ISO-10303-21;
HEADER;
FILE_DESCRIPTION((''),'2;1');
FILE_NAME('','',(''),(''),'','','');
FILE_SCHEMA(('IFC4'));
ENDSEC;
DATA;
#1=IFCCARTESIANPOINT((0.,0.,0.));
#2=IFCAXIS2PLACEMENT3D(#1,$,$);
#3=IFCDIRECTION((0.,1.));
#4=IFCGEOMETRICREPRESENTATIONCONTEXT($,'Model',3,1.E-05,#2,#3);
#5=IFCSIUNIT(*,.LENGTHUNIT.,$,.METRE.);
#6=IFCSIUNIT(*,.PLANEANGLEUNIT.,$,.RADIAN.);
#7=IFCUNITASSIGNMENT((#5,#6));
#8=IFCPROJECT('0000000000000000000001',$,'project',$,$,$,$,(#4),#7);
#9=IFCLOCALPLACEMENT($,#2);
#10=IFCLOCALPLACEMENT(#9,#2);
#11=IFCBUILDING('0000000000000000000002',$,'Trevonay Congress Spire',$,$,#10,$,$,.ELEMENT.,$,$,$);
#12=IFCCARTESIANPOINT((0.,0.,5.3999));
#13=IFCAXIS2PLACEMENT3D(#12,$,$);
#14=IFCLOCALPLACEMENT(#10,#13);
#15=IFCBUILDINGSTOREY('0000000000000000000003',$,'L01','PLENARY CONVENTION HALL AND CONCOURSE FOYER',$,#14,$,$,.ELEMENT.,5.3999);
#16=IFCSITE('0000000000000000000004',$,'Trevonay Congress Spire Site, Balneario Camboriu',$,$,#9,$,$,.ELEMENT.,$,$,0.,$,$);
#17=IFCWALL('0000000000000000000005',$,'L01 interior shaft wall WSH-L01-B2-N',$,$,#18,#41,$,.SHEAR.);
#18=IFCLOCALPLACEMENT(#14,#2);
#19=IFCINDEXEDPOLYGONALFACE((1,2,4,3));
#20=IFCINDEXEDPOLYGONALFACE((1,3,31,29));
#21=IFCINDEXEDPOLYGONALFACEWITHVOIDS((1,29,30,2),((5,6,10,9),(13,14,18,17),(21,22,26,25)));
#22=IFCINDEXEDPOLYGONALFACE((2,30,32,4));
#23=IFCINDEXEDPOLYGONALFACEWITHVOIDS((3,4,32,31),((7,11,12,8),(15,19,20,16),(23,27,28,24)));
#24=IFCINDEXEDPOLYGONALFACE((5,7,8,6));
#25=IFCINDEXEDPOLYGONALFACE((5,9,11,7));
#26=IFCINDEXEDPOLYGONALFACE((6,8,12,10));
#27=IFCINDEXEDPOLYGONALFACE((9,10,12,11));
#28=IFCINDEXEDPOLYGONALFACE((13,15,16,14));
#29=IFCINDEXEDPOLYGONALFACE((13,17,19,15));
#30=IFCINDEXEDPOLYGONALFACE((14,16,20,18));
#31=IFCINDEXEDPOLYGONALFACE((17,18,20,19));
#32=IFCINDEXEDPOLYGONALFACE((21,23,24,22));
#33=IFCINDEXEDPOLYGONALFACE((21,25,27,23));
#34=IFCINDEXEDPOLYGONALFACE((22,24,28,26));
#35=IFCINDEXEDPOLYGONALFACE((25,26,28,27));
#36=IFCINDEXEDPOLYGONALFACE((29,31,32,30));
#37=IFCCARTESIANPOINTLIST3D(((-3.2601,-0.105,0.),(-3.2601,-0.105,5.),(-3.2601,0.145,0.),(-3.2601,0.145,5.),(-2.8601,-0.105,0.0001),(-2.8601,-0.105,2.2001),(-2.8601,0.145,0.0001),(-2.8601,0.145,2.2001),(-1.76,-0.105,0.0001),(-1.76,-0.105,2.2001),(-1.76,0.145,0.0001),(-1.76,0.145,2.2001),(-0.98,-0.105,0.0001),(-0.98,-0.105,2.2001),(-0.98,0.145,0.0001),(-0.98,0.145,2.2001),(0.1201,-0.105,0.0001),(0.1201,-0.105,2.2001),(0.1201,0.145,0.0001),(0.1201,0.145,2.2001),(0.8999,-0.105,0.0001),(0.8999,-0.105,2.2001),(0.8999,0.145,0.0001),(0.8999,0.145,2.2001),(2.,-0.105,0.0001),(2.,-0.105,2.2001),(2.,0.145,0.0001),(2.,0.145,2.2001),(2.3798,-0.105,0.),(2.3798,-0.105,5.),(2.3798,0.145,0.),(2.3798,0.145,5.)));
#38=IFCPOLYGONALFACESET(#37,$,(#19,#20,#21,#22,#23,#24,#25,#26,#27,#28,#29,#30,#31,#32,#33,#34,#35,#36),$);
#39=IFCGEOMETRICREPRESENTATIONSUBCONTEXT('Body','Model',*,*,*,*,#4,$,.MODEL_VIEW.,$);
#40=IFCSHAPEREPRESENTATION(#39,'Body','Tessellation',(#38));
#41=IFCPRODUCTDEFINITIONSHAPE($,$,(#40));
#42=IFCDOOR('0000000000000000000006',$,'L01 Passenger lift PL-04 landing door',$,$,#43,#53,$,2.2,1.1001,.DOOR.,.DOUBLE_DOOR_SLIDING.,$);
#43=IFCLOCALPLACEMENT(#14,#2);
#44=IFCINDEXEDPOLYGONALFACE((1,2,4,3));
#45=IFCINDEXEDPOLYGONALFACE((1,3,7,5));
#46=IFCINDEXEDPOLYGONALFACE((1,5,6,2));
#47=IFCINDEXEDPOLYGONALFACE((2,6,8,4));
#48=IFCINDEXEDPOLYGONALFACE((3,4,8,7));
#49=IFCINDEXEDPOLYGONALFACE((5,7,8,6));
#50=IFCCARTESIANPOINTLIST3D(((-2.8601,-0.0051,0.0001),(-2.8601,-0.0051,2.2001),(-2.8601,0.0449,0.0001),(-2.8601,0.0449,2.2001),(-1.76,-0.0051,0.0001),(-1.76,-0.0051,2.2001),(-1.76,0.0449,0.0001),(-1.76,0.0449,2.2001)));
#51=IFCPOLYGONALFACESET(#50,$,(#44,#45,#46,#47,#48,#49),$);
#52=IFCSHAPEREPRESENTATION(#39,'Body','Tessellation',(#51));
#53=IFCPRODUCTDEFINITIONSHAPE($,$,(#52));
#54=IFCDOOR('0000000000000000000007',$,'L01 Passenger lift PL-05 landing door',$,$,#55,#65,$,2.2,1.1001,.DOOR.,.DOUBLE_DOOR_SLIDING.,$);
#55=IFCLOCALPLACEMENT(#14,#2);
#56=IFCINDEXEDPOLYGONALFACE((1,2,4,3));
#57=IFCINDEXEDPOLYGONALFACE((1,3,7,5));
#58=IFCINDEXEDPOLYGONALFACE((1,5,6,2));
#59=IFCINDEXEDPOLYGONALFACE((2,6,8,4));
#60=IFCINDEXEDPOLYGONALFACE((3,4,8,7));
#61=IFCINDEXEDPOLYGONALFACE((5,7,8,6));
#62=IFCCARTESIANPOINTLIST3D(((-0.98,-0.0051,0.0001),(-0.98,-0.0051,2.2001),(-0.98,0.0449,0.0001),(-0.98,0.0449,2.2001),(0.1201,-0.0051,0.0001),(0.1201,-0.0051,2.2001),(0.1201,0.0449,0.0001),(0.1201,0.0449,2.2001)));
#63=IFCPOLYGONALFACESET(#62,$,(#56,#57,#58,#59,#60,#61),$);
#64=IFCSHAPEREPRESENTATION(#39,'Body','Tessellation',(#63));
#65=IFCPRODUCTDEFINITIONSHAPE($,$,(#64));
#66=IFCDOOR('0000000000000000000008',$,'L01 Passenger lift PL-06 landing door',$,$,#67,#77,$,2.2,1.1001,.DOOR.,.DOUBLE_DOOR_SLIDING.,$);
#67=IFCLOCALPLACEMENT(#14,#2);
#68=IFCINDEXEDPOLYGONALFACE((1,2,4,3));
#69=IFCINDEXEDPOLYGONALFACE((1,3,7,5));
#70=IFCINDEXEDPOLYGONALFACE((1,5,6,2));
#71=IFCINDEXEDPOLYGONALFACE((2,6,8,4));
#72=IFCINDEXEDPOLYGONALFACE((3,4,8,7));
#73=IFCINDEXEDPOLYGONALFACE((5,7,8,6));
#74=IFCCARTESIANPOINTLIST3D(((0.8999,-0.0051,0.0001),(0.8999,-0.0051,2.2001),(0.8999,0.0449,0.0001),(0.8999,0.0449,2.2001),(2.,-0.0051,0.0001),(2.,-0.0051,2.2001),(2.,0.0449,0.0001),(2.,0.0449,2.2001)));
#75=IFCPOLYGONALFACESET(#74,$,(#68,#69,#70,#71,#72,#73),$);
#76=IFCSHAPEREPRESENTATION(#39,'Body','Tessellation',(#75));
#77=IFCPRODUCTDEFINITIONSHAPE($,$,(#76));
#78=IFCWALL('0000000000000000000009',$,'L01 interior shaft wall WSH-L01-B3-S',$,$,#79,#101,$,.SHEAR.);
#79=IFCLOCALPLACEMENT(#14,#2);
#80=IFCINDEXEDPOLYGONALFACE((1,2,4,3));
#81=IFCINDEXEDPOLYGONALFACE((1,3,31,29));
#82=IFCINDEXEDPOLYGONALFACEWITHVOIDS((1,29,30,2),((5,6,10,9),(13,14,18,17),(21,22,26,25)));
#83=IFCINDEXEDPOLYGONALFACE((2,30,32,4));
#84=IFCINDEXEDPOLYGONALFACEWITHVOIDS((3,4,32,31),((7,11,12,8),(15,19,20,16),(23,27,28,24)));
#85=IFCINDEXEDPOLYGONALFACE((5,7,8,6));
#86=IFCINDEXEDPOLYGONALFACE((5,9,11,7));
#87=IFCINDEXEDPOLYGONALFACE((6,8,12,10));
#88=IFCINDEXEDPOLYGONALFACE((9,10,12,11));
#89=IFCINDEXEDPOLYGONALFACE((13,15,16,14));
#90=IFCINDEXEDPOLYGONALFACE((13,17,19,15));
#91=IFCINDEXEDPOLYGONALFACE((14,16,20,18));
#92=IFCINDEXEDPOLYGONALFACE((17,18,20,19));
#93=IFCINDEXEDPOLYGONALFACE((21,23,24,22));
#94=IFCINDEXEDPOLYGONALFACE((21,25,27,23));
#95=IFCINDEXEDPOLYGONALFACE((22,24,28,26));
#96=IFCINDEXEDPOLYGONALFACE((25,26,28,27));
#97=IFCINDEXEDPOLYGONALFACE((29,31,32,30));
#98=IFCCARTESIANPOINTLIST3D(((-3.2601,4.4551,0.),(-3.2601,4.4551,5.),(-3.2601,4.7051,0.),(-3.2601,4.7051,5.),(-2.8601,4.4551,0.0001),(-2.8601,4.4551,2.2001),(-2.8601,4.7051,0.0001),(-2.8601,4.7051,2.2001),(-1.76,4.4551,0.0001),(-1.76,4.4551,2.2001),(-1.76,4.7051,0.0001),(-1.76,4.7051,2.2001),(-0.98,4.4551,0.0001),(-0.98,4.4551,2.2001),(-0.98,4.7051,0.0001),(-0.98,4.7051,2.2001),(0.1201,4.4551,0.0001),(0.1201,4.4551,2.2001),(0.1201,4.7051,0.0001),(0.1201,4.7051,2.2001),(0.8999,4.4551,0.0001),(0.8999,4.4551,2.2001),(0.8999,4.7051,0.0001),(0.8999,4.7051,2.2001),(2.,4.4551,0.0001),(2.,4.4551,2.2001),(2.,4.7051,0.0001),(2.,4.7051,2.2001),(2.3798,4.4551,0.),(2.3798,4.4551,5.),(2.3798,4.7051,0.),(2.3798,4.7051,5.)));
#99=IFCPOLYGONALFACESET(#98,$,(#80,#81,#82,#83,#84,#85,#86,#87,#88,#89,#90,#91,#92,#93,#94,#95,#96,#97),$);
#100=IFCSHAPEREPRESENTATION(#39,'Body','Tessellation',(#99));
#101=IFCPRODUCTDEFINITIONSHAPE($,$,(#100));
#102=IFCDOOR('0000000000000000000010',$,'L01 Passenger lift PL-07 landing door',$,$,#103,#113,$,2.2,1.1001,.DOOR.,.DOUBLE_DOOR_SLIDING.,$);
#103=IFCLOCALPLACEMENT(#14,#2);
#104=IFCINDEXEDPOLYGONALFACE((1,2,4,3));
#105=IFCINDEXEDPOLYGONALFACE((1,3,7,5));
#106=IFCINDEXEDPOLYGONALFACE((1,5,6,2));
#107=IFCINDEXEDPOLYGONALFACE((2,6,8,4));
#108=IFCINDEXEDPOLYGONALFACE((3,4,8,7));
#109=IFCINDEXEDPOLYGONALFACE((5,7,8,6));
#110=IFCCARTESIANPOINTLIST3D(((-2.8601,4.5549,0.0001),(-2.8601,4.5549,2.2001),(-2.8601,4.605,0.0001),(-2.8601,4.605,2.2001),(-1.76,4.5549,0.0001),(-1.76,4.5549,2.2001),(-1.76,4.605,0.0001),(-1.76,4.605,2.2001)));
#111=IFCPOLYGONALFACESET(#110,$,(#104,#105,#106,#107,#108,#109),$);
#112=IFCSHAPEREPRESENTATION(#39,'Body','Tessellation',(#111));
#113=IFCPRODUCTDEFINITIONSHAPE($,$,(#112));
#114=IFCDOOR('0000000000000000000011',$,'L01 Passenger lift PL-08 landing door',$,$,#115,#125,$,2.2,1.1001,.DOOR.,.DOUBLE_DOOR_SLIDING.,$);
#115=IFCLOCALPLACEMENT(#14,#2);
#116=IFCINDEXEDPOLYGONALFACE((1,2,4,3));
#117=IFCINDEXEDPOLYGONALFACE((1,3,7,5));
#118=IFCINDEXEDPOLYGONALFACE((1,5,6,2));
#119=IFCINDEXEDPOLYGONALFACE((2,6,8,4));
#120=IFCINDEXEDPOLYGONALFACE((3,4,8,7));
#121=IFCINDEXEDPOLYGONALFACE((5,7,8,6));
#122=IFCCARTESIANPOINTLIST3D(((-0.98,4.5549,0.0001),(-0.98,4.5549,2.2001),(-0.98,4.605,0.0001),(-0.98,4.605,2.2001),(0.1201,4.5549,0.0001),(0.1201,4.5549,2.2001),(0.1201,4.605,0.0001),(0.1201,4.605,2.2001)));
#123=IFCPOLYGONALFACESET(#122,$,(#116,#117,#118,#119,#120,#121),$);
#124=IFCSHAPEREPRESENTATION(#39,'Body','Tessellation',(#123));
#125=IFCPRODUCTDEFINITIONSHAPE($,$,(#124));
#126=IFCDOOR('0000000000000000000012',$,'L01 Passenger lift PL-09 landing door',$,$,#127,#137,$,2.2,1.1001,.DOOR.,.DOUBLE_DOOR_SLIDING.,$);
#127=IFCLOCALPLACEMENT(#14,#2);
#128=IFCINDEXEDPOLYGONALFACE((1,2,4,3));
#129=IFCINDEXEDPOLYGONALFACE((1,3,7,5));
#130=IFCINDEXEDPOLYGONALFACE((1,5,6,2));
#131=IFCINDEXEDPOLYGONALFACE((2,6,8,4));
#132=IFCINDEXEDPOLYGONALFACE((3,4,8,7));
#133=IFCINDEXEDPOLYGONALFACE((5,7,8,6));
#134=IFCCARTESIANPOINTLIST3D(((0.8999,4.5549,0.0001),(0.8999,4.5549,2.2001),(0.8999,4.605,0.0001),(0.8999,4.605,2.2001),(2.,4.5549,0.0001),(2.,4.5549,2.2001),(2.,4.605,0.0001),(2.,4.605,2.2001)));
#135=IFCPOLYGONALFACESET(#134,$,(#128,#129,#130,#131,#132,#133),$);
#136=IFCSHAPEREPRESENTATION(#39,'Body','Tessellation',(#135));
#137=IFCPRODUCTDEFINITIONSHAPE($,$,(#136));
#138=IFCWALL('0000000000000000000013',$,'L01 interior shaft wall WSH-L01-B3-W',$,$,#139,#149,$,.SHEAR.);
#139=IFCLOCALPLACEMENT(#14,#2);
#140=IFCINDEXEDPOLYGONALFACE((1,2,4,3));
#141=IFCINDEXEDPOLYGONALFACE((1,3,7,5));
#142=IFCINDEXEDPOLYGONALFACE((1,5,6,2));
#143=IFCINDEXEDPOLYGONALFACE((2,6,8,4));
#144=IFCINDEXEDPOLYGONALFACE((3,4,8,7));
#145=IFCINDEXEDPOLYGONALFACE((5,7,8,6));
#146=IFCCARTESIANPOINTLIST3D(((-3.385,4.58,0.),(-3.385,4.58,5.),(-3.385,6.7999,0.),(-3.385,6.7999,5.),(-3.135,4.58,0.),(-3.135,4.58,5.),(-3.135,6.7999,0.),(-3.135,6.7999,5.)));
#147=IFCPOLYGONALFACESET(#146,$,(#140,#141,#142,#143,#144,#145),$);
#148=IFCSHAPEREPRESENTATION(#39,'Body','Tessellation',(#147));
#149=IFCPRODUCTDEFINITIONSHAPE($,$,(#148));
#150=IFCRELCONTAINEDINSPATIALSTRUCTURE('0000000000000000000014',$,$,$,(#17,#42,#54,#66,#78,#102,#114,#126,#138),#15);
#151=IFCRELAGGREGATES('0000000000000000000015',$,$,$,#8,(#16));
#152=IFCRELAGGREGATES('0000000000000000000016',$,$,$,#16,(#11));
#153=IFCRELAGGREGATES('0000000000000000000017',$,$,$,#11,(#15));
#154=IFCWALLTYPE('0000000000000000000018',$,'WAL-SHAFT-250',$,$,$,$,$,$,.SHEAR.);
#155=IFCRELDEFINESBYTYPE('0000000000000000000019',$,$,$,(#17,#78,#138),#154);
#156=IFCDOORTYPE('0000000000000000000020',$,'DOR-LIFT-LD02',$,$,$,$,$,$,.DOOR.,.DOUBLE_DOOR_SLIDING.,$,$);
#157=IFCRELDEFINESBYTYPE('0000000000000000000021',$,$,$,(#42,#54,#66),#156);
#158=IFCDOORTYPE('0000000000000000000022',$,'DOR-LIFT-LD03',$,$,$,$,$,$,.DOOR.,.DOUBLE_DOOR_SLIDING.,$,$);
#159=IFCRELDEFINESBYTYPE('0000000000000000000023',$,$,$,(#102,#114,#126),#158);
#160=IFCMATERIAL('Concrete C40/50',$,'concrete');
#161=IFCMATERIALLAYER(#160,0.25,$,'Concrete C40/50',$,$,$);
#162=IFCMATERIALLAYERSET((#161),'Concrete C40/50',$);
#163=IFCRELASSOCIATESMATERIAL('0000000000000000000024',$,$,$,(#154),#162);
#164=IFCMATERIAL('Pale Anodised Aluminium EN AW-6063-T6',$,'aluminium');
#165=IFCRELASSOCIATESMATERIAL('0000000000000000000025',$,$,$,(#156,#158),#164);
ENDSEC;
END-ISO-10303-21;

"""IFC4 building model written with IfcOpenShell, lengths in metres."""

from ifc_helpers import new_model, si_unit, direction, frame, frame_2d, origin, place, context, subcontext, project, spatial, rectangle, extrude, material, layer, layer_set, type_object, element, fill, save


model = new_model("IFC4")

# Units and contexts
model_context = context("Model", 3, precision=1e-05, world=origin(), true_north=direction((0.0, 1.0)))
body_context = subcontext(model_context, "Body", "Model", "MODEL_VIEW")
ifc_project = project(units=[si_unit("LENGTHUNIT", "METRE"), si_unit("PLANEANGLEUNIT", "RADIAN")], contexts=[model_context])

# Site, building, storey
site_placement = place(None, origin())
site = spatial("IfcSite", under=ifc_project, at=site_placement, Name="Trevonay Congress Spire Site, Balneario Camboriu", CompositionType="ELEMENT", RefElevation=0.0)
building_placement = place(site_placement, origin())
building = spatial("IfcBuilding", under=site, at=building_placement, Name="Trevonay Congress Spire", CompositionType="ELEMENT")
storey_placement = place(building_placement, frame((0.0, 0.0, 5.3999)))
storey = spatial("IfcBuildingStorey", under=building, at=storey_placement, Name="L01", Description="PLENARY CONVENTION HALL AND CONCOURSE FOYER", CompositionType="ELEMENT", Elevation=5.3999)

# Shared definitions
ifc_material_1 = material(Name="Concrete C40/50", Category="concrete")

# Walls, openings, doors
ifc_layer_1 = layer(ifc_material_1, 0.25, Name="Concrete C40/50")
ifc_layer_set_1 = layer_set([ifc_layer_1], Name="Concrete C40/50")
wall_type_1 = type_object("IfcWallType", Name="WAL-SHAFT-250", PredefinedType="SHEAR", material=ifc_layer_set_1)
wall_1_placement = place(storey_placement, frame((-3.26, 0.02, 0.0), z_axis=(0.0, 0.0, 1.0), x_axis=(1.0, 0.0, 0.0)))
wall_1 = element("IfcWall", 1, at=wall_1_placement, inside=storey, type_object=wall_type_1, Name="L01 interior shaft wall WSH-L01-B2-N", PredefinedType="SHEAR", context=body_context, shape_type="SweptSolid", body=[
    extrude(rectangle(XDim=5.6399, YDim=0.25, at=frame_2d((2.8198, 0.0))), origin(), (0.0, 0.0, 1.0), 5.0),
])
opening_1_placement = place(wall_1_placement, frame((0.3999, 0.0, 0.0)))
opening_1 = element("IfcOpeningElement", 2, at=opening_1_placement, cuts=wall_1, PredefinedType="OPENING", context=body_context, shape_type="SweptSolid", body=[
    extrude(rectangle(XDim=1.1001, YDim=2.2, at=frame_2d((0.55, 1.1001))), frame((0.0, 0.135, 0.0), z_axis=(0.0, -1.0, 0.0), x_axis=(1.0, 0.0, 0.0)), (0.0, 0.0, 1.0), 0.27),
])
opening_2_placement = place(wall_1_placement, frame((2.28, 0.0, 0.0)))
opening_2 = element("IfcOpeningElement", 3, at=opening_2_placement, cuts=wall_1, PredefinedType="OPENING", context=body_context, shape_type="SweptSolid", body=[
    extrude(rectangle(XDim=1.1001, YDim=2.2, at=frame_2d((0.55, 1.1001))), frame((0.0, 0.135, 0.0), z_axis=(0.0, -1.0, 0.0), x_axis=(1.0, 0.0, 0.0)), (0.0, 0.0, 1.0), 0.27),
])
opening_3_placement = place(wall_1_placement, frame((4.1599, 0.0, 0.0)))
opening_3 = element("IfcOpeningElement", 4, at=opening_3_placement, cuts=wall_1, PredefinedType="OPENING", context=body_context, shape_type="SweptSolid", body=[
    extrude(rectangle(XDim=1.1001, YDim=2.2, at=frame_2d((0.55, 1.1001))), frame((0.0, 0.135, 0.0), z_axis=(0.0, -1.0, 0.0), x_axis=(1.0, 0.0, 0.0)), (0.0, 0.0, 1.0), 0.27),
])
ifc_material_2 = material(Name="Pale Anodised Aluminium EN AW-6063-T6", Category="aluminium")
door_type_1 = type_object("IfcDoorType", Name="DOR-LIFT-LD02", OperationType="DOUBLE_DOOR_SLIDING", PredefinedType="DOOR", material=ifc_material_2)
door_1_placement = place(opening_1_placement, origin())
door_1 = element("IfcDoor", 5, at=door_1_placement, inside=storey, type_object=door_type_1, Name="L01 Passenger lift PL-04 landing door", OperationType="DOUBLE_DOOR_SLIDING", OverallHeight=2.2, OverallWidth=1.1001, PredefinedType="DOOR", context=body_context, shape_type="SweptSolid", body=[
    extrude(rectangle(XDim=1.1001, YDim=2.2, at=frame_2d((0.55, 1.1001))), frame((0.0, 0.0249, 0.0), z_axis=(0.0, -1.0, 0.0), x_axis=(1.0, 0.0, 0.0)), (0.0, 0.0, 1.0), 0.05),
])
fill(opening_1, door_1)
door_2_placement = place(opening_2_placement, origin())
door_2 = element("IfcDoor", 6, at=door_2_placement, inside=storey, type_object=door_type_1, Name="L01 Passenger lift PL-05 landing door", OperationType="DOUBLE_DOOR_SLIDING", OverallHeight=2.2, OverallWidth=1.1001, PredefinedType="DOOR", context=body_context, shape_type="SweptSolid", body=[
    extrude(rectangle(XDim=1.1001, YDim=2.2, at=frame_2d((0.55, 1.1001))), frame((0.0, 0.0249, 0.0), z_axis=(0.0, -1.0, 0.0), x_axis=(1.0, 0.0, 0.0)), (0.0, 0.0, 1.0), 0.05),
])
fill(opening_2, door_2)
door_3_placement = place(opening_3_placement, origin())
door_3 = element("IfcDoor", 7, at=door_3_placement, inside=storey, type_object=door_type_1, Name="L01 Passenger lift PL-06 landing door", OperationType="DOUBLE_DOOR_SLIDING", OverallHeight=2.2, OverallWidth=1.1001, PredefinedType="DOOR", context=body_context, shape_type="SweptSolid", body=[
    extrude(rectangle(XDim=1.1001, YDim=2.2, at=frame_2d((0.55, 1.1001))), frame((0.0, 0.0249, 0.0), z_axis=(0.0, -1.0, 0.0), x_axis=(1.0, 0.0, 0.0)), (0.0, 0.0, 1.0), 0.05),
])
fill(opening_3, door_3)
wall_2_placement = place(storey_placement, frame((-3.26, 4.5801, 0.0), z_axis=(0.0, 0.0, 1.0), x_axis=(1.0, 0.0, 0.0)))
wall_2 = element("IfcWall", 8, at=wall_2_placement, inside=storey, type_object=wall_type_1, Name="L01 interior shaft wall WSH-L01-B3-S", PredefinedType="SHEAR", context=body_context, shape_type="SweptSolid", body=[
    extrude(rectangle(XDim=5.6399, YDim=0.25, at=frame_2d((2.8198, 0.0))), origin(), (0.0, 0.0, 1.0), 5.0),
])
opening_4_placement = place(wall_2_placement, frame((0.3999, 0.0, 0.0)))
opening_4 = element("IfcOpeningElement", 9, at=opening_4_placement, cuts=wall_2, PredefinedType="OPENING", context=body_context, shape_type="SweptSolid", body=[
    extrude(rectangle(XDim=1.1001, YDim=2.2, at=frame_2d((0.55, 1.1001))), frame((0.0, 0.135, 0.0), z_axis=(0.0, -1.0, 0.0), x_axis=(1.0, 0.0, 0.0)), (0.0, 0.0, 1.0), 0.27),
])
opening_5_placement = place(wall_2_placement, frame((2.28, 0.0, 0.0)))
opening_5 = element("IfcOpeningElement", 10, at=opening_5_placement, cuts=wall_2, PredefinedType="OPENING", context=body_context, shape_type="SweptSolid", body=[
    extrude(rectangle(XDim=1.1001, YDim=2.2, at=frame_2d((0.55, 1.1001))), frame((0.0, 0.135, 0.0), z_axis=(0.0, -1.0, 0.0), x_axis=(1.0, 0.0, 0.0)), (0.0, 0.0, 1.0), 0.27),
])
opening_6_placement = place(wall_2_placement, frame((4.1599, 0.0, 0.0)))
opening_6 = element("IfcOpeningElement", 11, at=opening_6_placement, cuts=wall_2, PredefinedType="OPENING", context=body_context, shape_type="SweptSolid", body=[
    extrude(rectangle(XDim=1.1001, YDim=2.2, at=frame_2d((0.55, 1.1001))), frame((0.0, 0.135, 0.0), z_axis=(0.0, -1.0, 0.0), x_axis=(1.0, 0.0, 0.0)), (0.0, 0.0, 1.0), 0.27),
])
door_type_2 = type_object("IfcDoorType", Name="DOR-LIFT-LD03", OperationType="DOUBLE_DOOR_SLIDING", PredefinedType="DOOR", material=ifc_material_2)
door_4_placement = place(opening_4_placement, origin())
door_4 = element("IfcDoor", 12, at=door_4_placement, inside=storey, type_object=door_type_2, Name="L01 Passenger lift PL-07 landing door", OperationType="DOUBLE_DOOR_SLIDING", OverallHeight=2.2, OverallWidth=1.1001, PredefinedType="DOOR", context=body_context, shape_type="SweptSolid", body=[
    extrude(rectangle(XDim=1.1001, YDim=2.2, at=frame_2d((0.55, 1.1001))), frame((0.0, 0.0249, 0.0), z_axis=(0.0, -1.0, 0.0), x_axis=(1.0, 0.0, 0.0)), (0.0, 0.0, 1.0), 0.05),
])
fill(opening_4, door_4)
door_5_placement = place(opening_5_placement, origin())
door_5 = element("IfcDoor", 13, at=door_5_placement, inside=storey, type_object=door_type_2, Name="L01 Passenger lift PL-08 landing door", OperationType="DOUBLE_DOOR_SLIDING", OverallHeight=2.2, OverallWidth=1.1001, PredefinedType="DOOR", context=body_context, shape_type="SweptSolid", body=[
    extrude(rectangle(XDim=1.1001, YDim=2.2, at=frame_2d((0.55, 1.1001))), frame((0.0, 0.0249, 0.0), z_axis=(0.0, -1.0, 0.0), x_axis=(1.0, 0.0, 0.0)), (0.0, 0.0, 1.0), 0.05),
])
fill(opening_5, door_5)
door_6_placement = place(opening_6_placement, origin())
door_6 = element("IfcDoor", 14, at=door_6_placement, inside=storey, type_object=door_type_2, Name="L01 Passenger lift PL-09 landing door", OperationType="DOUBLE_DOOR_SLIDING", OverallHeight=2.2, OverallWidth=1.1001, PredefinedType="DOOR", context=body_context, shape_type="SweptSolid", body=[
    extrude(rectangle(XDim=1.1001, YDim=2.2, at=frame_2d((0.55, 1.1001))), frame((0.0, 0.0249, 0.0), z_axis=(0.0, -1.0, 0.0), x_axis=(1.0, 0.0, 0.0)), (0.0, 0.0, 1.0), 0.05),
])
fill(opening_6, door_6)

# Wall
wall_3_placement = place(storey_placement, frame((-3.26, 4.5801, 0.0), z_axis=(0.0, 0.0, 1.0), x_axis=(0.0, 1.0, 0.0)))
element("IfcWall", 15, at=wall_3_placement, inside=storey, type_object=wall_type_1, Name="L01 interior shaft wall WSH-L01-B3-W", PredefinedType="SHEAR", context=body_context, shape_type="SweptSolid", body=[
    extrude(rectangle(XDim=2.22, YDim=0.25, at=frame_2d((1.1099, 0.0))), origin(), (0.0, 0.0, 1.0), 5.0),
])

save(model, "model.ifc")
